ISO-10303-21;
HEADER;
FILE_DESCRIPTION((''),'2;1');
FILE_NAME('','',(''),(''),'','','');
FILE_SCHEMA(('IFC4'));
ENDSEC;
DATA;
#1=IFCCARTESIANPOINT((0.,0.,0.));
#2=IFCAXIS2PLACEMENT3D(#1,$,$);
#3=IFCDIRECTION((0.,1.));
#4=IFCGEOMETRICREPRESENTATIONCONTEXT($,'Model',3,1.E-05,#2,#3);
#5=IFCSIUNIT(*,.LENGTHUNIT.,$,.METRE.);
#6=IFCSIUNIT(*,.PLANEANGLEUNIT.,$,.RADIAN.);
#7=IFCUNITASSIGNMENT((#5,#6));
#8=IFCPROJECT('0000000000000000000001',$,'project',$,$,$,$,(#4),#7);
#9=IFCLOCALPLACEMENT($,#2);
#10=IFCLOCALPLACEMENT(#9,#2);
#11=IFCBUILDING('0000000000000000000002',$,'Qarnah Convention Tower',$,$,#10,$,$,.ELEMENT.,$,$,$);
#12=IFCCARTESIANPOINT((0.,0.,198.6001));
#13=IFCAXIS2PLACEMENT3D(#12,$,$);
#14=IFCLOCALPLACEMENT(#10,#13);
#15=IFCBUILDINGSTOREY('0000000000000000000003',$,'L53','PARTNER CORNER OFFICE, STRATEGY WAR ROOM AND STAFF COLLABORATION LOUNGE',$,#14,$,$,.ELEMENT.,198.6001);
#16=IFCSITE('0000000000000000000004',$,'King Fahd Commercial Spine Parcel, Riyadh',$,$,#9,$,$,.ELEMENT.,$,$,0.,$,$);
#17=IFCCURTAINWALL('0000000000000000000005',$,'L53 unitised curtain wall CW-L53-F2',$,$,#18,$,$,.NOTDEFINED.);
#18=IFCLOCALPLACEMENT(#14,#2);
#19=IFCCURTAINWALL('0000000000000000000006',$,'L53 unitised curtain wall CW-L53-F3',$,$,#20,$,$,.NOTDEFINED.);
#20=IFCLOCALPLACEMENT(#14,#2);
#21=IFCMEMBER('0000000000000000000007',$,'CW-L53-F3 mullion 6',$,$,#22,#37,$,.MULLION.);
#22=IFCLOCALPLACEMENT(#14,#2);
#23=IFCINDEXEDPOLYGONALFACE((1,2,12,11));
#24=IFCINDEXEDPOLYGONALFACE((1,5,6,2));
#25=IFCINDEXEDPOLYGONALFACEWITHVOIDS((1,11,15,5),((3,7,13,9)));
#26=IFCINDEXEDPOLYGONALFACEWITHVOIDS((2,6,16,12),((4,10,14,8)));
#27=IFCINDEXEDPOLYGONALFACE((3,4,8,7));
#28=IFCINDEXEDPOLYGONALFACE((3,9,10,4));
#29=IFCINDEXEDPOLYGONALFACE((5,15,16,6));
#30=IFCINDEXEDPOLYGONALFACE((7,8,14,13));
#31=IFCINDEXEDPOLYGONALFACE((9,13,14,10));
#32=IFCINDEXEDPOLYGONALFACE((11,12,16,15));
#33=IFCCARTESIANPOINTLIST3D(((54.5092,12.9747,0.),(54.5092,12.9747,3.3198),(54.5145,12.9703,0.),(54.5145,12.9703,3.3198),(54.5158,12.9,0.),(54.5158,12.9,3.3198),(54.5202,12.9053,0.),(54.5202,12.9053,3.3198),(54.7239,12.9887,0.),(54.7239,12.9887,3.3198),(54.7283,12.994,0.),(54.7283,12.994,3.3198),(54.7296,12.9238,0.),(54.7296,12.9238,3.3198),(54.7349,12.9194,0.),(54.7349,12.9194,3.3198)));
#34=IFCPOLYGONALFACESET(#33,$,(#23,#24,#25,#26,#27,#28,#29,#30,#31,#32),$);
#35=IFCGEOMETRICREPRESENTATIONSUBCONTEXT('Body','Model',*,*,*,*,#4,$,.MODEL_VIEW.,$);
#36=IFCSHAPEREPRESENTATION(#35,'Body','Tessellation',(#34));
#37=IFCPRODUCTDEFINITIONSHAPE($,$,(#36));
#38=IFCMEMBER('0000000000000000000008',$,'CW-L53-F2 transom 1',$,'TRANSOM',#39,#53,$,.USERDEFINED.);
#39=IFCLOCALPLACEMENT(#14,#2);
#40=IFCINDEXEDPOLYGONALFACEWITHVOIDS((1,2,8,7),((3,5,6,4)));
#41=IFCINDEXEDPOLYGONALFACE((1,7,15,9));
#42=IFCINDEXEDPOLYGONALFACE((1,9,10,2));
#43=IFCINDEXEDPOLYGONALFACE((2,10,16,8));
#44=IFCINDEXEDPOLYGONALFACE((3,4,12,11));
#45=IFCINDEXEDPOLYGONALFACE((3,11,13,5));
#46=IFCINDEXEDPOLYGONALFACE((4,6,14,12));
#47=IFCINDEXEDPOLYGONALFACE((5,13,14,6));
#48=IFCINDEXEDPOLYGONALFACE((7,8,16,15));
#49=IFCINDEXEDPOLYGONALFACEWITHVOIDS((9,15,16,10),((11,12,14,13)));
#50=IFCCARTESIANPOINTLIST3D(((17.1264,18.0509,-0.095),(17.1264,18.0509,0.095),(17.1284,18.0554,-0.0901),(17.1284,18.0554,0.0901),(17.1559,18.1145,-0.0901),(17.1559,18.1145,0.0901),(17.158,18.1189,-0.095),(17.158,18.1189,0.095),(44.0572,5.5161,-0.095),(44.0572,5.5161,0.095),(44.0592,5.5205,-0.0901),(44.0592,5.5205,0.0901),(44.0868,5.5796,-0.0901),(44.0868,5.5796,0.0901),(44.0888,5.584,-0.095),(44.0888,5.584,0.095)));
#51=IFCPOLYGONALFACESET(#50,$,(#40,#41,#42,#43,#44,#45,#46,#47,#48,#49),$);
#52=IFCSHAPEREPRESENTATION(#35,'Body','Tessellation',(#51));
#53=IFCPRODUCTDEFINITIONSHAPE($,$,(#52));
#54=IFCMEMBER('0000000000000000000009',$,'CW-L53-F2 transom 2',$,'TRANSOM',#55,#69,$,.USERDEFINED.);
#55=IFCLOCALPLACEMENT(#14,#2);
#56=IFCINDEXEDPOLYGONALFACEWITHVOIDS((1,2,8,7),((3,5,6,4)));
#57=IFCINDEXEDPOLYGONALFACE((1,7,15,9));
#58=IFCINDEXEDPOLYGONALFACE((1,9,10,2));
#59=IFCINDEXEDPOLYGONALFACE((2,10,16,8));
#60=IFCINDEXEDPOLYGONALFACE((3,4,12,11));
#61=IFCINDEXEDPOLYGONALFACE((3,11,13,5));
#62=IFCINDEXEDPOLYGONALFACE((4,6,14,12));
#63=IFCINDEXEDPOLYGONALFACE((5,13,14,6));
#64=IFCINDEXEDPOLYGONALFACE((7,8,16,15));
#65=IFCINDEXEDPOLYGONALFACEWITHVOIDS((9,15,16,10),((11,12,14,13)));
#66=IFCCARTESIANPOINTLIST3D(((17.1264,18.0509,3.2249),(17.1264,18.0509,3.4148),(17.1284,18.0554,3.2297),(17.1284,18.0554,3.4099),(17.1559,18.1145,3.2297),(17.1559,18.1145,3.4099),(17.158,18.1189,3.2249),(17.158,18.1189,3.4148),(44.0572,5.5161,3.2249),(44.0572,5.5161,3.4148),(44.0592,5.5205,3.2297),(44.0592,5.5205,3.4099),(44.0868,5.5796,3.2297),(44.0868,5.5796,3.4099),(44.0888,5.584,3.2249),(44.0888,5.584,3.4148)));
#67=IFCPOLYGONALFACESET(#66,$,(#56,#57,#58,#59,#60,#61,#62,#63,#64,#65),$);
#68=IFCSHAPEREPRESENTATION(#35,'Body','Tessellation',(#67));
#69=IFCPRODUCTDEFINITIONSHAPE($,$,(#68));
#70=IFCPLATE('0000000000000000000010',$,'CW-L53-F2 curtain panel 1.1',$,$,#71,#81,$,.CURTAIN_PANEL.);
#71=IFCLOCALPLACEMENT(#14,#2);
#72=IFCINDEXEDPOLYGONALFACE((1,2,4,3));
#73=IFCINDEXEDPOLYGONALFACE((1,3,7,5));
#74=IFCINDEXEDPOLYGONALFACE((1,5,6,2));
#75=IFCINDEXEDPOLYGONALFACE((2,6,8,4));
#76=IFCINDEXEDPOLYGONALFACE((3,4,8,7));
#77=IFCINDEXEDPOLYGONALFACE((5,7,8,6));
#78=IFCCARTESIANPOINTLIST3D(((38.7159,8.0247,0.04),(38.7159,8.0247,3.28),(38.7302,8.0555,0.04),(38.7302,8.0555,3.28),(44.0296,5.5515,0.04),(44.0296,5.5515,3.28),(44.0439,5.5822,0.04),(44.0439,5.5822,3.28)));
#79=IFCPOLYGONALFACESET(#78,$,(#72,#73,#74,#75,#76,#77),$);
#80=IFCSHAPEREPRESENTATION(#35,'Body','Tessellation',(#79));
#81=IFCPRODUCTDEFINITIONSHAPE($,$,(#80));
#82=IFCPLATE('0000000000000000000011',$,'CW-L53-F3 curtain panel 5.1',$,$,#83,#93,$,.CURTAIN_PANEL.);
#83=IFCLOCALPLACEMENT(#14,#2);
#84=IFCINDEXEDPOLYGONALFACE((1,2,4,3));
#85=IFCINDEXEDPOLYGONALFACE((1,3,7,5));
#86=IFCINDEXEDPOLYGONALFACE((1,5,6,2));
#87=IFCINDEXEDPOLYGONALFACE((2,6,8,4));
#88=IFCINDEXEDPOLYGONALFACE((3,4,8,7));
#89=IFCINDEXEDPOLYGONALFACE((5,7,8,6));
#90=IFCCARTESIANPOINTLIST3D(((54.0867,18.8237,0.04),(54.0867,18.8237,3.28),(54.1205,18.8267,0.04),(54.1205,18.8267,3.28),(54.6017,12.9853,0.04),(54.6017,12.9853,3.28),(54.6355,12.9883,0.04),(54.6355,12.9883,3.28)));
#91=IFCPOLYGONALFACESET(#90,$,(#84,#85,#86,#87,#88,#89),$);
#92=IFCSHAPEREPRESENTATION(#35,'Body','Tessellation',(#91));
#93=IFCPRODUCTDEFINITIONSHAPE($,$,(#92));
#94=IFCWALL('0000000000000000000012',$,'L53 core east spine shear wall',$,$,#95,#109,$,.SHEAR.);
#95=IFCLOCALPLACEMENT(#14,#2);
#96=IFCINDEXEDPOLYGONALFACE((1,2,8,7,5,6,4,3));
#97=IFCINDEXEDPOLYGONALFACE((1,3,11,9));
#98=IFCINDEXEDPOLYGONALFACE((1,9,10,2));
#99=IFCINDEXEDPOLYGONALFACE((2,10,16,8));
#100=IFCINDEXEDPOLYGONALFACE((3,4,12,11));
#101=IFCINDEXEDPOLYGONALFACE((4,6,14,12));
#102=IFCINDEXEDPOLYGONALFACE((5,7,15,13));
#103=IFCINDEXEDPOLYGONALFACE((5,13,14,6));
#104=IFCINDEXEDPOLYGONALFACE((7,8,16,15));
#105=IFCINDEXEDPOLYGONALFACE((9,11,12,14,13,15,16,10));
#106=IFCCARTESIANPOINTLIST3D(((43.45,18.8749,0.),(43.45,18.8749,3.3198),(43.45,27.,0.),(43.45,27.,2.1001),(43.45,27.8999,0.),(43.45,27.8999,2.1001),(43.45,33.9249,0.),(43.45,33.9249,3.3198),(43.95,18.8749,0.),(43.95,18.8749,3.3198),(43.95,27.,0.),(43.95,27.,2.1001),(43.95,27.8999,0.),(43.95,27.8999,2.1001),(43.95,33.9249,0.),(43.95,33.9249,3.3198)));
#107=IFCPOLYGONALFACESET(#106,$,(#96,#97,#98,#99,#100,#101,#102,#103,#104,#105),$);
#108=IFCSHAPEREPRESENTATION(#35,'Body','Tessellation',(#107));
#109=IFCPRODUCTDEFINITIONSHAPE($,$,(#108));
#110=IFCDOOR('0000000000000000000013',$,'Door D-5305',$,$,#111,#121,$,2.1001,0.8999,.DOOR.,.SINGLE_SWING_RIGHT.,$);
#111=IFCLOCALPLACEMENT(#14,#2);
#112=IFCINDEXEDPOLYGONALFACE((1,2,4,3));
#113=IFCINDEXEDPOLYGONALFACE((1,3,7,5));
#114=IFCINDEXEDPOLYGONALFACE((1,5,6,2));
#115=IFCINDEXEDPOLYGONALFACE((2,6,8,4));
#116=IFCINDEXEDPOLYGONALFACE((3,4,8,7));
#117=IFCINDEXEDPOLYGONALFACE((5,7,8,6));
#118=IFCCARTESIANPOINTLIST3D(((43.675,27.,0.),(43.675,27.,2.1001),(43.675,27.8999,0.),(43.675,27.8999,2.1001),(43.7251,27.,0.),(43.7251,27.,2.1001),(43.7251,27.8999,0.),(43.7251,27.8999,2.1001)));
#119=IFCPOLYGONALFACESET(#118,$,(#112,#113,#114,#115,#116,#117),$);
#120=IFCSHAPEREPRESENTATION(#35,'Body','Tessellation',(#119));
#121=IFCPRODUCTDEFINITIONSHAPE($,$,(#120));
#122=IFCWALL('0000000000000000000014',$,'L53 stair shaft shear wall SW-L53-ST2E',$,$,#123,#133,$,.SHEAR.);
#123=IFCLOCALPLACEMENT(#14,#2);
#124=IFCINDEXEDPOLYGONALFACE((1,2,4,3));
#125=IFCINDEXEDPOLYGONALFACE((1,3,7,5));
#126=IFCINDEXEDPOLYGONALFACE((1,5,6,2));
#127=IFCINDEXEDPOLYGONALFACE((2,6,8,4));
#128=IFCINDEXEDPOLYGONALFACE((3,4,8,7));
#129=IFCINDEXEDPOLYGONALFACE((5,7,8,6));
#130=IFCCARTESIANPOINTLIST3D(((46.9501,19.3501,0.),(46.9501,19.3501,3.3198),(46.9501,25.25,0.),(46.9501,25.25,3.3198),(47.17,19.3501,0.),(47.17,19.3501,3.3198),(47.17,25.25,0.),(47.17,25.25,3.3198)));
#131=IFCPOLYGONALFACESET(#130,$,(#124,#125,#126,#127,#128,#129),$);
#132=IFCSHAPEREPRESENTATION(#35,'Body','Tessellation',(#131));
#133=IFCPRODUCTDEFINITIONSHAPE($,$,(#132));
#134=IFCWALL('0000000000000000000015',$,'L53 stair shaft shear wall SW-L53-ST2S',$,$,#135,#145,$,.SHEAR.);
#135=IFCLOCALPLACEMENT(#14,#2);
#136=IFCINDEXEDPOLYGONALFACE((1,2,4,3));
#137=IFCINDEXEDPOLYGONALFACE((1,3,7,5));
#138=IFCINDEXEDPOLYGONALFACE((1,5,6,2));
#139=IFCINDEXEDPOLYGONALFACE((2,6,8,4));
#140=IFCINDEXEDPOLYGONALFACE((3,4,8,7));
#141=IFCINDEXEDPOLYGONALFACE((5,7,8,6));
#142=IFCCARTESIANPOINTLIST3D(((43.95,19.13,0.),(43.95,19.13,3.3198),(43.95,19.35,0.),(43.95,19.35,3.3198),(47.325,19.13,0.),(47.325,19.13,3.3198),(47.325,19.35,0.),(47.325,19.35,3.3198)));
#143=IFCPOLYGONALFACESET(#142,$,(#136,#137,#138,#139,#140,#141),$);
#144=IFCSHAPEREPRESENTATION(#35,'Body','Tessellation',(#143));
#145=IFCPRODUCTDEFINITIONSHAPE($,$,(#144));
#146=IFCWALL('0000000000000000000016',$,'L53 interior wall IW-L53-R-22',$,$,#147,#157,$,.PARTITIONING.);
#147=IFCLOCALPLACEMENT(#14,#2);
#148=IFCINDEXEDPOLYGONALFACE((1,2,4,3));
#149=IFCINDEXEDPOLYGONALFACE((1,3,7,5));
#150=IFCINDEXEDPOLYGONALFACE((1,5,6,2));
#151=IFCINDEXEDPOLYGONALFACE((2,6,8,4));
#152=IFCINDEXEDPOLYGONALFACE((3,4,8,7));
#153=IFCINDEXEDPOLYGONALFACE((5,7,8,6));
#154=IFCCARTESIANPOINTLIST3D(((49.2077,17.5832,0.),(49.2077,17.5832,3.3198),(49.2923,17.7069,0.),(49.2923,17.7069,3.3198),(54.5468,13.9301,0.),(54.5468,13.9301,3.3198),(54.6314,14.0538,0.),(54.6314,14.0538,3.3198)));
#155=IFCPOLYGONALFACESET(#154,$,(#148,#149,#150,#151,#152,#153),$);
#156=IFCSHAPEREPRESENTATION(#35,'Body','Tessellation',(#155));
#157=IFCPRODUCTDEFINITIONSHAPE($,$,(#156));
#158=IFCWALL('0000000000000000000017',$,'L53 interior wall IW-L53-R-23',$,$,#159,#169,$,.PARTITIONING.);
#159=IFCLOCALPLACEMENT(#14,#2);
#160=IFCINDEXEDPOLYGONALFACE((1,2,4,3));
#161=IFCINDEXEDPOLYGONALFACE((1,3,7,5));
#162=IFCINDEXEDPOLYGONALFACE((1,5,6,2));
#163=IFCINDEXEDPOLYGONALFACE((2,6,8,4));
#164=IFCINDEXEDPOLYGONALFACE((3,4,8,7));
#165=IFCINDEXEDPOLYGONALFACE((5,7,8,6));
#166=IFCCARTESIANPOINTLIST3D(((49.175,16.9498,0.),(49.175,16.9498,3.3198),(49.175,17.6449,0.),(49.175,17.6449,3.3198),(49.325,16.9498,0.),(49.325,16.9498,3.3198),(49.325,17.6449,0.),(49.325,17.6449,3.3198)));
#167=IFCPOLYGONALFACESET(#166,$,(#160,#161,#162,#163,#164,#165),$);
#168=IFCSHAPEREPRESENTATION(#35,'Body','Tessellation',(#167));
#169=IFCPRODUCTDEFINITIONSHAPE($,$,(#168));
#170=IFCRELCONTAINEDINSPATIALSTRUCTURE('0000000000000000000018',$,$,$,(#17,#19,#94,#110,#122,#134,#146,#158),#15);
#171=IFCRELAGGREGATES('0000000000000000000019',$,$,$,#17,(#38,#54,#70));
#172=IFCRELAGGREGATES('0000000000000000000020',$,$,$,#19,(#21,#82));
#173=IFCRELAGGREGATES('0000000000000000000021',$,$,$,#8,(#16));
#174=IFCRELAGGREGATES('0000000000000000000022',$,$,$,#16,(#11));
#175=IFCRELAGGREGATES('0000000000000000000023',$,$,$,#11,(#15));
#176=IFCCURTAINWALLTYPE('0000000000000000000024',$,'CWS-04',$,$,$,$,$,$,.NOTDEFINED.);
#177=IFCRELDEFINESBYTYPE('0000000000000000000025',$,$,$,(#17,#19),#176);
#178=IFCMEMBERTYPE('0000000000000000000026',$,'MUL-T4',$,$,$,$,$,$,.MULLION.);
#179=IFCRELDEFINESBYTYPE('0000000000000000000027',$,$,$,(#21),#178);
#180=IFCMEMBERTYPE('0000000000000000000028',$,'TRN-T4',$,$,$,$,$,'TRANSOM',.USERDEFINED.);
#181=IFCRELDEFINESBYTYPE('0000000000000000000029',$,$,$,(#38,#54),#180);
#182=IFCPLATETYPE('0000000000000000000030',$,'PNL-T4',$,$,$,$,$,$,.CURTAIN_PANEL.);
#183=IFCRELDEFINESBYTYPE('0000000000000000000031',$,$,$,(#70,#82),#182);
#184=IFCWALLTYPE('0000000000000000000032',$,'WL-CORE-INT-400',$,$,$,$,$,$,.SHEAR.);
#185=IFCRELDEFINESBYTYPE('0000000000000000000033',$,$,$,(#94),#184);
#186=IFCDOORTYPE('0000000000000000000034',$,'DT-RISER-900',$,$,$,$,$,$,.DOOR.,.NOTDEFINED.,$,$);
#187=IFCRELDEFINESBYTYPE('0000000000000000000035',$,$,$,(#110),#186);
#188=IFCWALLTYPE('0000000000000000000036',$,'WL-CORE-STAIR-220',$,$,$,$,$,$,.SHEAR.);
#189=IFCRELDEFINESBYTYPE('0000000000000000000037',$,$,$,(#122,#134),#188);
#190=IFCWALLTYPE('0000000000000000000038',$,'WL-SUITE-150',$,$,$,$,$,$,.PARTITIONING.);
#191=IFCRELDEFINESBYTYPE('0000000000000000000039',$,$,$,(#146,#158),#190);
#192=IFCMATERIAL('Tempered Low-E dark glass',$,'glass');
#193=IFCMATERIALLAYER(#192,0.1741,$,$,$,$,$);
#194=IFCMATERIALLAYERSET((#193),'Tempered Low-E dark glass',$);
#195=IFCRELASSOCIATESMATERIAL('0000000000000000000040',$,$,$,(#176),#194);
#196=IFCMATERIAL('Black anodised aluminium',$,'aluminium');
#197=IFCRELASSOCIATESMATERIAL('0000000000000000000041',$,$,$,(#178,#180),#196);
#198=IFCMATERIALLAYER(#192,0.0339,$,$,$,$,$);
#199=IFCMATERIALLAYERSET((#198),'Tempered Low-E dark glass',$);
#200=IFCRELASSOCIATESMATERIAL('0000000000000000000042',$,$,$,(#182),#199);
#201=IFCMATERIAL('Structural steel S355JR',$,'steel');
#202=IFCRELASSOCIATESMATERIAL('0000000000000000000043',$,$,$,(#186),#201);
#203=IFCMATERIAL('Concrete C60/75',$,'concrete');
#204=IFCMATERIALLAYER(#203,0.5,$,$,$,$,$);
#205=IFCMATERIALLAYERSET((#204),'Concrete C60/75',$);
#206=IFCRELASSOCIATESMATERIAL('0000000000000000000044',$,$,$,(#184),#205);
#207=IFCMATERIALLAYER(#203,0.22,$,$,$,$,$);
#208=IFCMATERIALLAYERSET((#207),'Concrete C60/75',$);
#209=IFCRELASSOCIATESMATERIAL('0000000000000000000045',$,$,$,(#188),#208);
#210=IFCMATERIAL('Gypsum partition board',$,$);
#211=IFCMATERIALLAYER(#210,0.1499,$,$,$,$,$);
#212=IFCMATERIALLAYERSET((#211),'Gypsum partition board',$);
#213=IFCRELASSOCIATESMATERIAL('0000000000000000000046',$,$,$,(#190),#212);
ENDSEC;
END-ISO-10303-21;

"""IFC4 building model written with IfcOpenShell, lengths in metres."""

from ifc_helpers import new_model, si_unit, direction, frame, frame_2d, origin, origin_2d, place, context, subcontext, project, spatial, rectangle, hollow_rectangle, extrude, material, layer, layer_set, material_profile, profile_set, type_object, element, fill, aggregate, save


model = new_model("IFC4")

# Units and contexts
model_context = context("Model", 3, precision=1e-05, world=origin(), true_north=direction((0.0, 1.0)))
body_context = subcontext(model_context, "Body", "Model", "MODEL_VIEW")
ifc_project = project(units=[si_unit("LENGTHUNIT", "METRE"), si_unit("PLANEANGLEUNIT", "RADIAN")], contexts=[model_context])

# Site, building, storey
site_placement = place(None, origin())
site = spatial("IfcSite", under=ifc_project, at=site_placement, Name="King Fahd Commercial Spine Parcel, Riyadh", CompositionType="ELEMENT", RefElevation=0.0)
building_placement = place(site_placement, origin())
building = spatial("IfcBuilding", under=site, at=building_placement, Name="Qarnah Convention Tower", CompositionType="ELEMENT")
storey_placement = place(building_placement, frame((0.0, 0.0, 198.6001)))
storey = spatial("IfcBuildingStorey", under=building, at=storey_placement, Name="L53", Description="PARTNER CORNER OFFICE, STRATEGY WAR ROOM AND STAFF COLLABORATION LOUNGE", CompositionType="ELEMENT", Elevation=198.6001)

# Shared definitions
ifc_material_1 = material(Name="Structural steel S355JR", Category="steel")

# Curtain walls, member
ifc_material_2 = material(Name="Tempered Low-E dark glass", Category="glass")
ifc_layer_1 = layer(ifc_material_2, 0.1741)
ifc_layer_set_1 = layer_set([ifc_layer_1], Name="Tempered Low-E dark glass")
curtain_wall_type = type_object("IfcCurtainWallType", Name="CWS-04", PredefinedType="NOTDEFINED", material=ifc_layer_set_1)
curtain_wall_1_placement = place(storey_placement, origin())
curtain_wall_1 = element("IfcCurtainWall", 1, at=curtain_wall_1_placement, inside=storey, type_object=curtain_wall_type, Name="L53 unitised curtain wall CW-L53-F2", PredefinedType="NOTDEFINED")
ifc_material_3 = material(Name="Black anodised aluminium", Category="aluminium")
ifc_material_profile_1 = material_profile(ifc_material_3, hollow_rectangle(XDim=0.075, YDim=0.22, WallThickness=0.0049, at=origin_2d()), Name="MUL-75X220")
ifc_profile_set_1 = profile_set([ifc_material_profile_1], Name="Black anodised aluminium")
member_type_1 = type_object("IfcMemberType", Name="MUL-T4", PredefinedType="MULLION", material=ifc_profile_set_1)
curtain_wall_2_placement = place(storey_placement, origin())
curtain_wall_2 = element("IfcCurtainWall", 2, at=curtain_wall_2_placement, inside=storey, type_object=curtain_wall_type, Name="L53 unitised curtain wall CW-L53-F3", PredefinedType="NOTDEFINED")
member_1_placement = place(storey_placement, frame((54.6221, 12.947, 0.0), z_axis=(0.0, 0.0, 1.0), x_axis=(0.087861, -0.996133, 0.0)))
member_1 = element("IfcMember", 3, at=member_1_placement, type_object=member_type_1, Name="CW-L53-F3 mullion 6", PredefinedType="MULLION", context=body_context, shape_type="SweptSolid", body=[
    extrude(hollow_rectangle(XDim=0.075, YDim=0.22, WallThickness=0.0049, at=origin_2d()), origin(), (0.0, 0.0, 1.0), 3.3198),
])

# Members
ifc_material_profile_2 = material_profile(ifc_material_3, hollow_rectangle(XDim=0.075, YDim=0.1899, WallThickness=0.0049, at=origin_2d()), Name="TRN-75X190")
ifc_profile_set_2 = profile_set([ifc_material_profile_2], Name="Black anodised aluminium")
member_type_2 = type_object("IfcMemberType", Name="TRN-T4", ElementType="TRANSOM", PredefinedType="USERDEFINED", material=ifc_profile_set_2)
member_2_placement = place(storey_placement, frame((44.073, 5.55, 0.0), z_axis=(-0.906606, 0.421977, 0.0), x_axis=(-0.421977, -0.906606, 0.0)))
member_2 = element("IfcMember", 4, at=member_2_placement, type_object=member_type_2, Name="CW-L53-F2 transom 1", ObjectType="TRANSOM", PredefinedType="USERDEFINED", context=body_context, shape_type="SweptSolid", body=[
    extrude(hollow_rectangle(XDim=0.075, YDim=0.1899, WallThickness=0.0049, at=origin_2d()), origin(), (0.0, 0.0, 1.0), 29.7051),
])
member_3_placement = place(storey_placement, frame((44.073, 5.55, 3.3198), z_axis=(-0.906606, 0.421977, 0.0), x_axis=(-0.421977, -0.906606, 0.0)))
member_3 = element("IfcMember", 5, at=member_3_placement, type_object=member_type_2, Name="CW-L53-F2 transom 2", ObjectType="TRANSOM", PredefinedType="USERDEFINED", context=body_context, shape_type="SweptSolid", body=[
    extrude(hollow_rectangle(XDim=0.075, YDim=0.1899, WallThickness=0.0049, at=origin_2d()), origin(), (0.0, 0.0, 1.0), 29.7051),
])

# Plates
ifc_layer_2 = layer(ifc_material_2, 0.0339)
ifc_layer_set_2 = layer_set([ifc_layer_2], Name="Tempered Low-E dark glass")
plate_type = type_object("IfcPlateType", Name="PNL-T4", PredefinedType="CURTAIN_PANEL", material=ifc_layer_set_2)
plate_1_placement = place(storey_placement, frame((41.3799, 6.8035, 0.04), z_axis=(0.0, 0.0, 1.0), x_axis=(-0.906606, 0.421979, 0.0)))
plate_1 = element("IfcPlate", 6, at=plate_1_placement, type_object=plate_type, Name="CW-L53-F2 curtain panel 1.1", PredefinedType="CURTAIN_PANEL", context=body_context, shape_type="SweptSolid", body=[
    extrude(rectangle(XDim=5.8611, YDim=0.0339, at=origin_2d()), origin(), (0.0, 0.0, 1.0), 3.24),
])
aggregate(curtain_wall_1, [member_2, member_3, plate_1])
plate_2_placement = place(storey_placement, frame((54.3611, 15.906, 0.04), z_axis=(0.0, 0.0, 1.0), x_axis=(0.087861, -0.996133, 0.0)))
plate_2 = element("IfcPlate", 7, at=plate_2_placement, type_object=plate_type, Name="CW-L53-F3 curtain panel 5.1", PredefinedType="CURTAIN_PANEL", context=body_context, shape_type="SweptSolid", body=[
    extrude(rectangle(XDim=5.8611, YDim=0.0339, at=origin_2d()), origin(), (0.0, 0.0, 1.0), 3.24),
])
aggregate(curtain_wall_2, [member_1, plate_2])

# Shared definitions
ifc_material_4 = material(Name="Concrete C60/75", Category="concrete")
door_type_1 = type_object("IfcDoorType", Name="DT-RISER-900", OperationType="NOTDEFINED", PredefinedType="DOOR", material=ifc_material_1)

# Wall, opening, door
ifc_layer_3 = layer(ifc_material_4, 0.5)
ifc_layer_set_3 = layer_set([ifc_layer_3], Name="Concrete C60/75")
wall_type_1 = type_object("IfcWallType", Name="WL-CORE-INT-400", PredefinedType="SHEAR", material=ifc_layer_set_3)
wall_1_placement = place(storey_placement, frame((43.7, 18.875, 0.0), z_axis=(0.0, 0.0, 1.0), x_axis=(0.0, 1.0, 0.0)))
wall_1 = element("IfcWall", 8, at=wall_1_placement, inside=storey, type_object=wall_type_1, Name="L53 core east spine shear wall", PredefinedType="SHEAR", context=body_context, shape_type="SweptSolid", body=[
    extrude(rectangle(XDim=15.05, YDim=0.5, at=frame_2d((7.5249, 0.0))), origin(), (0.0, 0.0, 1.0), 3.3198),
])
opening_1_placement = place(wall_1_placement, frame((8.125, 0.0, 0.0)))
opening_1 = element("IfcOpeningElement", 9, at=opening_1_placement, cuts=wall_1, PredefinedType="OPENING", context=body_context, shape_type="SweptSolid", body=[
    extrude(rectangle(XDim=0.8999, YDim=2.1001, at=frame_2d((0.45, 1.05))), frame((0.0, 0.26, 0.0), z_axis=(0.0, -1.0, 0.0), x_axis=(1.0, 0.0, 0.0)), (0.0, 0.0, 1.0), 0.52),
])
door_1_placement = place(opening_1_placement, origin())
door_1 = element("IfcDoor", 10, at=door_1_placement, inside=storey, type_object=door_type_1, Name="Door D-5305", OperationType="SINGLE_SWING_RIGHT", OverallHeight=2.1001, OverallWidth=0.8999, PredefinedType="DOOR", context=body_context, shape_type="SweptSolid", body=[
    extrude(rectangle(XDim=0.8999, YDim=2.1001, at=frame_2d((0.45, 1.05))), frame((0.0, 0.0249, 0.0), z_axis=(0.0, -1.0, 0.0), x_axis=(1.0, 0.0, 0.0)), (0.0, 0.0, 1.0), 0.05),
])
fill(opening_1, door_1)

# Walls
ifc_layer_4 = layer(ifc_material_4, 0.22)
ifc_layer_set_4 = layer_set([ifc_layer_4], Name="Concrete C60/75")
wall_type_2 = type_object("IfcWallType", Name="WL-CORE-STAIR-220", PredefinedType="SHEAR", material=ifc_layer_set_4)
wall_2_placement = place(storey_placement, frame((47.0601, 19.3501, 0.0), z_axis=(0.0, 0.0, 1.0), x_axis=(0.0, 1.0, 0.0)))
element("IfcWall", 11, at=wall_2_placement, inside=storey, type_object=wall_type_2, Name="L53 stair shaft shear wall SW-L53-ST2E", PredefinedType="SHEAR", context=body_context, shape_type="SweptSolid", body=[
    extrude(rectangle(XDim=5.8999, YDim=0.22, at=frame_2d((2.95, 0.0))), origin(), (0.0, 0.0, 1.0), 3.3198),
])
wall_3_placement = place(storey_placement, frame((43.95, 19.24, 0.0), z_axis=(0.0, 0.0, 1.0), x_axis=(1.0, 0.0, 0.0)))
element("IfcWall", 12, at=wall_3_placement, inside=storey, type_object=wall_type_2, Name="L53 stair shaft shear wall SW-L53-ST2S", PredefinedType="SHEAR", context=body_context, shape_type="SweptSolid", body=[
    extrude(rectangle(XDim=3.375, YDim=0.22, at=frame_2d((1.6875, 0.0))), origin(), (0.0, 0.0, 1.0), 3.3198),
])

# Walls
ifc_material_5 = material(Name="Gypsum partition board")
ifc_layer_5 = layer(ifc_material_5, 0.1499)
ifc_layer_set_5 = layer_set([ifc_layer_5], Name="Gypsum partition board")
wall_type_3 = type_object("IfcWallType", Name="WL-SUITE-150", PredefinedType="PARTITIONING", material=ifc_layer_set_5)
wall_4_placement = place(storey_placement, frame((54.5891, 13.9919, 0.0), z_axis=(0.0, 0.0, 1.0), x_axis=(-0.825307, 0.564684, 0.0)))
element("IfcWall", 13, at=wall_4_placement, inside=storey, type_object=wall_type_3, Name="L53 interior wall IW-L53-R-22", PredefinedType="PARTITIONING", context=body_context, shape_type="SweptSolid", body=[
    extrude(rectangle(XDim=6.4692, YDim=0.1499, at=frame_2d((3.2346, 0.0))), origin(), (0.0, 0.0, 1.0), 3.3198),
])
wall_5_placement = place(storey_placement, frame((49.25, 17.645, 0.0), z_axis=(0.0, 0.0, 1.0), x_axis=(0.0, -1.0, 0.0)))
element("IfcWall", 14, at=wall_5_placement, inside=storey, type_object=wall_type_3, Name="L53 interior wall IW-L53-R-23", PredefinedType="PARTITIONING", context=body_context, shape_type="SweptSolid", body=[
    extrude(rectangle(XDim=0.6951, YDim=0.1499, at=frame_2d((0.3477, 0.0))), origin(), (0.0, 0.0, 1.0), 3.3198),
])

save(model, "model.ifc")
